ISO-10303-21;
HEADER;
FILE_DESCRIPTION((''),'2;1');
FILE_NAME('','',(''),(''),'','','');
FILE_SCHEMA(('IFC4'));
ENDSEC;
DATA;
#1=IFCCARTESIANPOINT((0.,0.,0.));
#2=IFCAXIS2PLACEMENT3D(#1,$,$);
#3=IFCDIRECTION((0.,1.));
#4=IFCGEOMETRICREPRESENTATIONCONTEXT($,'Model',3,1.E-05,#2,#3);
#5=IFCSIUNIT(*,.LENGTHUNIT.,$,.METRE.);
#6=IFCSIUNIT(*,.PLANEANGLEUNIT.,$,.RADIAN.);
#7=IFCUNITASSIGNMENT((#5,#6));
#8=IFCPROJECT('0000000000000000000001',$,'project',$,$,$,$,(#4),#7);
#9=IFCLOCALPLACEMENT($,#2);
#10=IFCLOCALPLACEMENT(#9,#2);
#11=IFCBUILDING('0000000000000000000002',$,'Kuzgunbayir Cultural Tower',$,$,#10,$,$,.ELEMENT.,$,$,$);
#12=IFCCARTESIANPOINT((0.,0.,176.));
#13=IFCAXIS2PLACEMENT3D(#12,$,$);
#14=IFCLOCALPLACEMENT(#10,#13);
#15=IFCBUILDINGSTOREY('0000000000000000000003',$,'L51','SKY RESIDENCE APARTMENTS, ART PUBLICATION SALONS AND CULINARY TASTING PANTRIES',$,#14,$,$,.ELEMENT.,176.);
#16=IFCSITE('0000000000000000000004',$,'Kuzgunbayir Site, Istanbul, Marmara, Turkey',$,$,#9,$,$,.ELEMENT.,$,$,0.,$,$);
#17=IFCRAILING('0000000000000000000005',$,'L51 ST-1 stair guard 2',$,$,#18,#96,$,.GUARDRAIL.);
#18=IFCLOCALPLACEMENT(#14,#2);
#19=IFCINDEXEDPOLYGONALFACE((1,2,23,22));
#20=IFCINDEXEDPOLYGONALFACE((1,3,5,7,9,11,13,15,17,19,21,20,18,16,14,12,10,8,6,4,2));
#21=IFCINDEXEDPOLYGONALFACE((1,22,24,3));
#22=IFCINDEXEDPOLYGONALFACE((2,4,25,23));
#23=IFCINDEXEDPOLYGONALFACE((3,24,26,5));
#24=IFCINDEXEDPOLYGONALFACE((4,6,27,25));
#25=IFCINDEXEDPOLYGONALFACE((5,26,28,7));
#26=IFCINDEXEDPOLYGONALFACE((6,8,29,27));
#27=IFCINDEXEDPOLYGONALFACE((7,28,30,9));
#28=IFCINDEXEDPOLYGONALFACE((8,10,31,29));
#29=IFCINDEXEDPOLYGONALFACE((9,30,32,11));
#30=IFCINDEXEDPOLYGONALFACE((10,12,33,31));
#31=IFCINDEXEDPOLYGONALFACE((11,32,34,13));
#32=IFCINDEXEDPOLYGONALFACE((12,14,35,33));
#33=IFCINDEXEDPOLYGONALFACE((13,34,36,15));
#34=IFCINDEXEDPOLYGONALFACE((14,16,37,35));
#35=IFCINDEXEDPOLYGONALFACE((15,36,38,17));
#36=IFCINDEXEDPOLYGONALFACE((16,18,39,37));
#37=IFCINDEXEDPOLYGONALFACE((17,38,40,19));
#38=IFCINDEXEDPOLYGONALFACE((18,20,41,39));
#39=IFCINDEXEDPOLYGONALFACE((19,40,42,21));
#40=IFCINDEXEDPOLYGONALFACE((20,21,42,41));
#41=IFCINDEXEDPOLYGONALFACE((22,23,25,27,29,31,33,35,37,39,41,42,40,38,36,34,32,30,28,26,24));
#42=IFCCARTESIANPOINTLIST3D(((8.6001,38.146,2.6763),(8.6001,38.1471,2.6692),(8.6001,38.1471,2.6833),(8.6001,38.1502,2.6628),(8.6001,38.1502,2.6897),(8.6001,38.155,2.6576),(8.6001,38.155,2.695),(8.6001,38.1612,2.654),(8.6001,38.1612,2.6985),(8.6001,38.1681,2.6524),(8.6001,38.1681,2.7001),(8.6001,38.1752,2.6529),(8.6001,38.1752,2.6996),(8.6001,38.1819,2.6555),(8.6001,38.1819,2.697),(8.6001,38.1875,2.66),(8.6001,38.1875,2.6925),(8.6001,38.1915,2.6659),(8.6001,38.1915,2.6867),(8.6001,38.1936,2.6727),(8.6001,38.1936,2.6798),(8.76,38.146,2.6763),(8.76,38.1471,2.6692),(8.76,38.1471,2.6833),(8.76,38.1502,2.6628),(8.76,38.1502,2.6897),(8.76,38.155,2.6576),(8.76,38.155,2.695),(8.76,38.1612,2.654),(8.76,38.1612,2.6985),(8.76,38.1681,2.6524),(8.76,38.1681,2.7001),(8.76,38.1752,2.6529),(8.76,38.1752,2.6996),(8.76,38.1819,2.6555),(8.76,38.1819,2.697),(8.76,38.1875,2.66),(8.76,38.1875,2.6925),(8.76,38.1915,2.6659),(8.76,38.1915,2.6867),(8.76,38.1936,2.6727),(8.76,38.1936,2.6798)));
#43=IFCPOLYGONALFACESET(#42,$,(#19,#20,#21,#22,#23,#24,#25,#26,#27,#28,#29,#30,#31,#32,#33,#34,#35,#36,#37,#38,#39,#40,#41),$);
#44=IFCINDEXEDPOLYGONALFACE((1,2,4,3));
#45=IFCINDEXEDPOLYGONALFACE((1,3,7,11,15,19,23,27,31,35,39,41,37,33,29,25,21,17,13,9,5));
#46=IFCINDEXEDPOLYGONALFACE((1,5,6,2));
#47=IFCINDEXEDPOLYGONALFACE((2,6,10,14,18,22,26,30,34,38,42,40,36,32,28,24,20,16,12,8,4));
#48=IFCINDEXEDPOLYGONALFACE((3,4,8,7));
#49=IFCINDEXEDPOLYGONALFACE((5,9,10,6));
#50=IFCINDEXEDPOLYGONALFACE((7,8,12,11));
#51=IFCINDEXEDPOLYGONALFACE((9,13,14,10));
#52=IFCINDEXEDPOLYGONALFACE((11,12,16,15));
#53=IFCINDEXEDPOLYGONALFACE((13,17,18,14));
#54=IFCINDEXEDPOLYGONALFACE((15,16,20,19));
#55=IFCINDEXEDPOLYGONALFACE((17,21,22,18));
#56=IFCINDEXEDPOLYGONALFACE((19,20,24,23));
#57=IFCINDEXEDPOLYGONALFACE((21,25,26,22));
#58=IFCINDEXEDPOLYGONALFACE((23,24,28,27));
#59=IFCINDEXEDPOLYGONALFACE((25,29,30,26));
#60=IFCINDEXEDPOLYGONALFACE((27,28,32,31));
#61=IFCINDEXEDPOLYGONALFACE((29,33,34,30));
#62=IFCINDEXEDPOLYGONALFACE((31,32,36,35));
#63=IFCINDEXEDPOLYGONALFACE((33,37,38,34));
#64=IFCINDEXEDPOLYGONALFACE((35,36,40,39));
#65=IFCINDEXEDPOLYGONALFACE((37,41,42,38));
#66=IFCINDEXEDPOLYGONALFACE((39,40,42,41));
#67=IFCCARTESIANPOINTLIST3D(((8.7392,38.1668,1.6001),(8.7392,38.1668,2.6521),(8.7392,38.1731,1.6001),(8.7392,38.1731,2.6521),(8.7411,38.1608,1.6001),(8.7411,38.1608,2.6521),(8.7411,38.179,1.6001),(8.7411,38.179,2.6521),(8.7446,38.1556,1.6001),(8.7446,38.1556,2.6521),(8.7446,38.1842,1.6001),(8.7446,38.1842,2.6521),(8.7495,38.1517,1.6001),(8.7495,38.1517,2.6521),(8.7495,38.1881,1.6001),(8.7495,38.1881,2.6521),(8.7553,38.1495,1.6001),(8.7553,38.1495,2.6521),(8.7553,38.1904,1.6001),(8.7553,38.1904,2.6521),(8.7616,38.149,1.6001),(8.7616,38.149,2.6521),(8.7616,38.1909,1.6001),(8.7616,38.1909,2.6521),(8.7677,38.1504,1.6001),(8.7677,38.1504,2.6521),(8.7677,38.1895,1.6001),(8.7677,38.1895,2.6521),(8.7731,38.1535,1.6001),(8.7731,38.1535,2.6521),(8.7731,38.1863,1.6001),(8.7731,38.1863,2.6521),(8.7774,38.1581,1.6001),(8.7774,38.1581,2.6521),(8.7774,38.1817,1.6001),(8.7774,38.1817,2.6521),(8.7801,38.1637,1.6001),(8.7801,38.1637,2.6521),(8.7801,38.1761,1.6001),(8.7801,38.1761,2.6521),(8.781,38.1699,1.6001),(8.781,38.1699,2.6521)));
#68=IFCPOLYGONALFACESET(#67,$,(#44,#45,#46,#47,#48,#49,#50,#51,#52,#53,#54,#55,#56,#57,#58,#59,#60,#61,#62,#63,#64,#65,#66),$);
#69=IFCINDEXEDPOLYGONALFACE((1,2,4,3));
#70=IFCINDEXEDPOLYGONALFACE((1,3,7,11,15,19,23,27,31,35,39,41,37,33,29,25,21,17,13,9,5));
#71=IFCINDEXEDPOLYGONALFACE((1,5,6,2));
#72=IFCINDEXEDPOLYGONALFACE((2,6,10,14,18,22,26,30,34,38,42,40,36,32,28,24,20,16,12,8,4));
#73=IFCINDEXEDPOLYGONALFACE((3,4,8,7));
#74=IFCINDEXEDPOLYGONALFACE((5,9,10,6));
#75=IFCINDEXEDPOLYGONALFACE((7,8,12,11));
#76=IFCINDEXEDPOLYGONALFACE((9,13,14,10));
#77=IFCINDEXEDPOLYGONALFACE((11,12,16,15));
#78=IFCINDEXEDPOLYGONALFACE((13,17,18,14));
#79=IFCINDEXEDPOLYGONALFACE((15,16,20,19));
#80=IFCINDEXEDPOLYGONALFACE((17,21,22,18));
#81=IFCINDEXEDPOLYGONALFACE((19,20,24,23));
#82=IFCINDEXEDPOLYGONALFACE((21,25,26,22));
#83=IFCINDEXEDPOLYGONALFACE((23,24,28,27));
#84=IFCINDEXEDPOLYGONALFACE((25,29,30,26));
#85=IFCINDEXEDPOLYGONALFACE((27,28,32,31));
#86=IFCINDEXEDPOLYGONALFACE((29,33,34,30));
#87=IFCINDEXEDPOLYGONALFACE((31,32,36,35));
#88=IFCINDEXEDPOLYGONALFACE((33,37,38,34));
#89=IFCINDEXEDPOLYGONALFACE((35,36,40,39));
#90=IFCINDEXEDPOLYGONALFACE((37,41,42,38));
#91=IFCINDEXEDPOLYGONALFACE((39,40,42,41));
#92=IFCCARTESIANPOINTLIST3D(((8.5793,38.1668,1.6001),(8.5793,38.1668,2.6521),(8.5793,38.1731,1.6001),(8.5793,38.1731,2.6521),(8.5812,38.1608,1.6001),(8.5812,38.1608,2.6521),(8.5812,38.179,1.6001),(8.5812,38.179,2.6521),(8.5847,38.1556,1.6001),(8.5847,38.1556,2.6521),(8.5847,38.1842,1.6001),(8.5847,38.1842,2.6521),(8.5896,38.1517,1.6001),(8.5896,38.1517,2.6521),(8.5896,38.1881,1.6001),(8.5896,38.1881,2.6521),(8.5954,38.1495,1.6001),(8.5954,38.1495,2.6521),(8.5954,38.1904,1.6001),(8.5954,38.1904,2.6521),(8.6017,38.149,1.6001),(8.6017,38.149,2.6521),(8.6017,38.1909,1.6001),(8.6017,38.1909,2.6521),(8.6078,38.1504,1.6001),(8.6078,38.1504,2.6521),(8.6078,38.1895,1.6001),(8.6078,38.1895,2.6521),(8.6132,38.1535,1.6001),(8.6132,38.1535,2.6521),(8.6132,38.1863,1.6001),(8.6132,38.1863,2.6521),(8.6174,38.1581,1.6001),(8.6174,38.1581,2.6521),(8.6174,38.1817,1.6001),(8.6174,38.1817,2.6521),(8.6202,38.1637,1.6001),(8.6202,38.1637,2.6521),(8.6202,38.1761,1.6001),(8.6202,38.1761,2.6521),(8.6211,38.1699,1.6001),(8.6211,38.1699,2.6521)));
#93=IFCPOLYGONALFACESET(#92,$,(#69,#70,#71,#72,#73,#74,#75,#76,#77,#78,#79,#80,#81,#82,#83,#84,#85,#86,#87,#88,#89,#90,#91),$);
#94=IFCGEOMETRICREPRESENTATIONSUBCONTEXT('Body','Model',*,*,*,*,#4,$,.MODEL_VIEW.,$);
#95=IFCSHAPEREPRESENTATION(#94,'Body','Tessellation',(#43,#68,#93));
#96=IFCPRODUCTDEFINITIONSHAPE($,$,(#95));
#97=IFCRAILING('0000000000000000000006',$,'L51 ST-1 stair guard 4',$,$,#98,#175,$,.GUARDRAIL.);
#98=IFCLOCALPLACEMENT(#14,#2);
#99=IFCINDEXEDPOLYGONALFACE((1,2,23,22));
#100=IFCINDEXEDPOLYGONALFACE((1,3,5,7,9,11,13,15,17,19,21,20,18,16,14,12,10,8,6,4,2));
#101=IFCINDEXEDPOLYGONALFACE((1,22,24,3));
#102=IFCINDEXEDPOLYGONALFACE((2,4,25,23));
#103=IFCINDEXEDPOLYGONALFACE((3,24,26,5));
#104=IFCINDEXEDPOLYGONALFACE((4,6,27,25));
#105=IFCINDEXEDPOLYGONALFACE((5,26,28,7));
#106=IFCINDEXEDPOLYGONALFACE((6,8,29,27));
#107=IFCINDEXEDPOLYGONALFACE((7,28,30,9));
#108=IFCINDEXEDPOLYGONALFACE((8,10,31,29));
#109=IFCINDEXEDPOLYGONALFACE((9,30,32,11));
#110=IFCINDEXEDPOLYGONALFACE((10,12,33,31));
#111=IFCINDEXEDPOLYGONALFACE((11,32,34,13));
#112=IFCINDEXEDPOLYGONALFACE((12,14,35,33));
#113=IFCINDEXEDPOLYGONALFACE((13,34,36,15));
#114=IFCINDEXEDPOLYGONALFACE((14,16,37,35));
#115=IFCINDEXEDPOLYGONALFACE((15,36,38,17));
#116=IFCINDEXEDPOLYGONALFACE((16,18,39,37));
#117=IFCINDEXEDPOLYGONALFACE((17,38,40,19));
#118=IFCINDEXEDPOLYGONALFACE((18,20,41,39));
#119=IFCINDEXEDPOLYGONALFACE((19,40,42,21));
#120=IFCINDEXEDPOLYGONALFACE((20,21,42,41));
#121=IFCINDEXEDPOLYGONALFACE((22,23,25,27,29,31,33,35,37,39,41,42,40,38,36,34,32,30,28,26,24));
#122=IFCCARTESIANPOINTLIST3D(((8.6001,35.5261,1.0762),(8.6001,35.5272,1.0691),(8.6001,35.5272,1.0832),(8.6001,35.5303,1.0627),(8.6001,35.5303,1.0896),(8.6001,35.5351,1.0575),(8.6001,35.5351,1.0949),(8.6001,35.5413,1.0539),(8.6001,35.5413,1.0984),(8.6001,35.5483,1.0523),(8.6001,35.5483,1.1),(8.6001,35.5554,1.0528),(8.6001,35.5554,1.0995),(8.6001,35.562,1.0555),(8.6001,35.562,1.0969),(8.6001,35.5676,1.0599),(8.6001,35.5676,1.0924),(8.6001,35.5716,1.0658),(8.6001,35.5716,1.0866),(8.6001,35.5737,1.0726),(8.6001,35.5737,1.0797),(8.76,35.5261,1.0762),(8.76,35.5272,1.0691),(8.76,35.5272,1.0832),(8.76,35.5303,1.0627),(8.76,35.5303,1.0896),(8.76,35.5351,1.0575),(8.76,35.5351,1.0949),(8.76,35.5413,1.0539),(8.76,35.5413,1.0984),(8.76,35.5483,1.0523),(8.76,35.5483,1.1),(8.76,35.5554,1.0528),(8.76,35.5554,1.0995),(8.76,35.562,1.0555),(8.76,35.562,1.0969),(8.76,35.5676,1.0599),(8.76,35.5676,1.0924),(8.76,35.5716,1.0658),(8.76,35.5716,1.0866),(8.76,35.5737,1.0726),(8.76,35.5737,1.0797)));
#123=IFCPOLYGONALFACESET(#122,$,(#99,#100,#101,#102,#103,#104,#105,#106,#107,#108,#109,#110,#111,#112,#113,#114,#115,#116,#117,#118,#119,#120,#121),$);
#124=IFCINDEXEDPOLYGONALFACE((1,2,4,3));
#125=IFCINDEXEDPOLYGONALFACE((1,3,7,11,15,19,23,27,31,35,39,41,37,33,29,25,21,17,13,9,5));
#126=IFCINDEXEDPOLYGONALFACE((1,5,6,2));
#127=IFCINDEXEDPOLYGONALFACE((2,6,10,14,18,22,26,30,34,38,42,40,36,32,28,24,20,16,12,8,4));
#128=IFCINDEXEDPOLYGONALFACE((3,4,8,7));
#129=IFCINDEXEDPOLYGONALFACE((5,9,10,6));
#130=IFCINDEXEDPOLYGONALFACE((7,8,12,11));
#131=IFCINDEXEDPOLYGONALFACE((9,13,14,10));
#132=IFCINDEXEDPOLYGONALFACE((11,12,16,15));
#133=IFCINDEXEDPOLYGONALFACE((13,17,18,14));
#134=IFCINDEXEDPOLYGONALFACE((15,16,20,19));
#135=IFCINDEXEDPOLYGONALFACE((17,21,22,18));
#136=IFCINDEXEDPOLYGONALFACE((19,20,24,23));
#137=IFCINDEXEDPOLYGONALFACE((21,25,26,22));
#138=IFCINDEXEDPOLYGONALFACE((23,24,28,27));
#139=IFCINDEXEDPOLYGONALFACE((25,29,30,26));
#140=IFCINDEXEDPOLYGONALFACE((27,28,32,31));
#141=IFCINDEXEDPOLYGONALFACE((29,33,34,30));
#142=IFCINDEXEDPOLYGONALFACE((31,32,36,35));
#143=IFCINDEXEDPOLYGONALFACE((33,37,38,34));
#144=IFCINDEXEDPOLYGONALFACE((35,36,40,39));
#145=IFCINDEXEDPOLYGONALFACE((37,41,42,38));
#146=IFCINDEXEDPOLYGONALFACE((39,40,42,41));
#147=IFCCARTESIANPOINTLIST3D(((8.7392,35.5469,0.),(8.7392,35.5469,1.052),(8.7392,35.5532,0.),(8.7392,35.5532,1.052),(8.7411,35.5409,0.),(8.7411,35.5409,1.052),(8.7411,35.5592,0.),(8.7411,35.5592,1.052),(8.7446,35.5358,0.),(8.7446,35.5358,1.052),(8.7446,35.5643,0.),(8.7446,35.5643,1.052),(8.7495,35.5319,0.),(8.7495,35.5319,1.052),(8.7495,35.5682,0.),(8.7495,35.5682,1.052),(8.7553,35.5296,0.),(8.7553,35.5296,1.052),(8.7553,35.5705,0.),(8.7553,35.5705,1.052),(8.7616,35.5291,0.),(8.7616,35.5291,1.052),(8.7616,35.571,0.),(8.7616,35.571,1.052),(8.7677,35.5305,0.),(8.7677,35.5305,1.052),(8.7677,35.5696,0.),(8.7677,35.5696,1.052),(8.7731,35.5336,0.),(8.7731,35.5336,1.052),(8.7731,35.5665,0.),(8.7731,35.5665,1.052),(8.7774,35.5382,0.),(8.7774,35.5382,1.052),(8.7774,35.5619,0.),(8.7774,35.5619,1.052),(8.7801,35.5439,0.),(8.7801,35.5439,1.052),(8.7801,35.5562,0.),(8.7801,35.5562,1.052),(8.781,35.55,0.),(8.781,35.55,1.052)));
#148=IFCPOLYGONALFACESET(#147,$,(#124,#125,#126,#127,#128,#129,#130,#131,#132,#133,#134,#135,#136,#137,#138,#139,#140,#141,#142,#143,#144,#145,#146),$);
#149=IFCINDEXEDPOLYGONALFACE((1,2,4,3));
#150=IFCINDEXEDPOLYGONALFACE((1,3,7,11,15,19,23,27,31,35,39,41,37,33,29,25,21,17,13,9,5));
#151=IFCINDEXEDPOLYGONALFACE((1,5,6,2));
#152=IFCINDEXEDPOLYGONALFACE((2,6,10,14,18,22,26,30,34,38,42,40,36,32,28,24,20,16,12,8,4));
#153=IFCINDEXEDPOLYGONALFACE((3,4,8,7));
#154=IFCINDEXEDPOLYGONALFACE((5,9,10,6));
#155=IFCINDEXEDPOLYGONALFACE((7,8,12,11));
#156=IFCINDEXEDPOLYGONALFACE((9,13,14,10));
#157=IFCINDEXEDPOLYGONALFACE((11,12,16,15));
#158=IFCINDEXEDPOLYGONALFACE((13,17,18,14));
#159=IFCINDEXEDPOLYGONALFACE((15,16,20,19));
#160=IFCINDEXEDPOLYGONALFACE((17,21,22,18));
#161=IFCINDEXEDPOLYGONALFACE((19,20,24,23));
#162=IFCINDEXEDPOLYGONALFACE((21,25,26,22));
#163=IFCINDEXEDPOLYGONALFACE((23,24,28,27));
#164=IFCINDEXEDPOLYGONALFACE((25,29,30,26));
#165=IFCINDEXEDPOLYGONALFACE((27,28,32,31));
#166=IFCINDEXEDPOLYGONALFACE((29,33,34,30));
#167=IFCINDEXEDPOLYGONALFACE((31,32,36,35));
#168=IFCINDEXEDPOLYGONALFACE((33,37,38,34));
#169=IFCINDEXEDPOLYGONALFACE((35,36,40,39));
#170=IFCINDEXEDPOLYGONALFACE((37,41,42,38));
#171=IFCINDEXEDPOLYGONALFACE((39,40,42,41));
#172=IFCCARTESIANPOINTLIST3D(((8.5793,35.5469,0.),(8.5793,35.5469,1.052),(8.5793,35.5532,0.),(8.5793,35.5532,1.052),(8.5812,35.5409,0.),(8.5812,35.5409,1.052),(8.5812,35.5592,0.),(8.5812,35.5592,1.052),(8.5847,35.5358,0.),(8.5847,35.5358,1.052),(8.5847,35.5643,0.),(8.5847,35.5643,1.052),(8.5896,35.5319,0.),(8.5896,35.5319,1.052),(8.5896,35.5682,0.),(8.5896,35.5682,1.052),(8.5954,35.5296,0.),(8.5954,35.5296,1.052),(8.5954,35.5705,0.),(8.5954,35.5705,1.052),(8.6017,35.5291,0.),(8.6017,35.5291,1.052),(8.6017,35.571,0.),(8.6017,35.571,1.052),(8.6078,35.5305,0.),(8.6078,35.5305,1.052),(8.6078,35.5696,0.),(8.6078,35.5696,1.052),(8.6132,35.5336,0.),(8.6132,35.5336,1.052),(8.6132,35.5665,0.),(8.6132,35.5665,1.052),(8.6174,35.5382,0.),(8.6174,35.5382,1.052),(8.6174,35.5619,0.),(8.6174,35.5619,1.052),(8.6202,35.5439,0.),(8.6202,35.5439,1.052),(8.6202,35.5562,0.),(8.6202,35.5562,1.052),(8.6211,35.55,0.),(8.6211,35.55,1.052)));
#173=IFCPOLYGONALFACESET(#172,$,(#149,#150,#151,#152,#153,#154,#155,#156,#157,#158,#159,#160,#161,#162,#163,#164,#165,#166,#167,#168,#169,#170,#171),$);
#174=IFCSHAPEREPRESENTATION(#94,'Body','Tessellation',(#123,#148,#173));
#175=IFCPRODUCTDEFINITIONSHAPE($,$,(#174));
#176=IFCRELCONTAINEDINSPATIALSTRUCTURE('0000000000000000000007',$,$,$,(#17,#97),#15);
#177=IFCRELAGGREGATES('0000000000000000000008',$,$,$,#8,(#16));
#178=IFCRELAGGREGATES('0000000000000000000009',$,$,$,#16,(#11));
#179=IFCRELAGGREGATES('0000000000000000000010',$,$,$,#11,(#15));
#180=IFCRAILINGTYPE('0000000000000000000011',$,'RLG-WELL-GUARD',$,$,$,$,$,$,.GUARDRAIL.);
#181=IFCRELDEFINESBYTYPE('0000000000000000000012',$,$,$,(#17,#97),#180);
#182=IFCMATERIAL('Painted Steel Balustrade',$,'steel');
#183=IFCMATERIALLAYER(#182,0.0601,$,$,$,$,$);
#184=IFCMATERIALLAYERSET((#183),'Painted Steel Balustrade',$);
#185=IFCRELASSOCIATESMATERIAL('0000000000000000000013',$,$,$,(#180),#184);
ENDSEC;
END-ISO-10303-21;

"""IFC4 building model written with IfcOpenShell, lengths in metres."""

from ifc_helpers import new_model, si_unit, direction, frame, origin, origin_2d, place, context, subcontext, project, spatial, circle, extrude, material, layer, layer_set, type_object, element, save


model = new_model("IFC4")

# Units and contexts
model_context = context("Model", 3, precision=1e-05, world=origin(), true_north=direction((0.0, 1.0)))
body_context = subcontext(model_context, "Body", "Model", "MODEL_VIEW")
ifc_project = project(units=[si_unit("LENGTHUNIT", "METRE"), si_unit("PLANEANGLEUNIT", "RADIAN")], contexts=[model_context])

# Site, building, storey
site_placement = place(None, origin())
site = spatial("IfcSite", under=ifc_project, at=site_placement, Name="Kuzgunbayir Site, Istanbul, Marmara, Turkey", CompositionType="ELEMENT", RefElevation=0.0)
building_placement = place(site_placement, origin())
building = spatial("IfcBuilding", under=site, at=building_placement, Name="Kuzgunbayir Cultural Tower", CompositionType="ELEMENT")
storey_placement = place(building_placement, frame((0.0, 0.0, 176.0)))
storey = spatial("IfcBuildingStorey", under=building, at=storey_placement, Name="L51", Description="SKY RESIDENCE APARTMENTS, ART PUBLICATION SALONS AND CULINARY TASTING PANTRIES", CompositionType="ELEMENT", Elevation=176.0)

# Railings
ifc_material_1 = material(Name="Painted Steel Balustrade", Category="steel")
ifc_layer_1 = layer(ifc_material_1, 0.0601)
ifc_layer_set_1 = layer_set([ifc_layer_1], Name="Painted Steel Balustrade")
railing_type_1 = type_object("IfcRailingType", Name="RLG-WELL-GUARD", PredefinedType="GUARDRAIL", material=ifc_layer_set_1)
for number, where, name in (
    (1, (8.76, 38.1699, 1.6001), "L51 ST-1 stair guard 2"),
    (2, (8.76, 35.55, 0.0), "L51 ST-1 stair guard 4"),
):
    element("IfcRailing", number, at=place(storey_placement, frame(where)), inside=storey, type_object=railing_type_1, Name=name, PredefinedType="GUARDRAIL", context=body_context, shape_type="SweptSolid", body=[
        extrude(circle(Radius=0.0239, at=origin_2d()), frame((0.0, 0.0, 1.0762), z_axis=(-1.0, 0.0, 0.0), x_axis=(0.0, -1.0, 0.0)), (0.0, 0.0, 1.0), 0.1599),
        extrude(circle(Radius=0.021, at=origin_2d()), origin(), (0.0, 0.0, 1.0), 1.052),
        extrude(circle(Radius=0.021, at=origin_2d()), frame((-0.1599, 0.0, 0.0)), (0.0, 0.0, 1.0), 1.052),
    ])

save(model, "model.ifc")
